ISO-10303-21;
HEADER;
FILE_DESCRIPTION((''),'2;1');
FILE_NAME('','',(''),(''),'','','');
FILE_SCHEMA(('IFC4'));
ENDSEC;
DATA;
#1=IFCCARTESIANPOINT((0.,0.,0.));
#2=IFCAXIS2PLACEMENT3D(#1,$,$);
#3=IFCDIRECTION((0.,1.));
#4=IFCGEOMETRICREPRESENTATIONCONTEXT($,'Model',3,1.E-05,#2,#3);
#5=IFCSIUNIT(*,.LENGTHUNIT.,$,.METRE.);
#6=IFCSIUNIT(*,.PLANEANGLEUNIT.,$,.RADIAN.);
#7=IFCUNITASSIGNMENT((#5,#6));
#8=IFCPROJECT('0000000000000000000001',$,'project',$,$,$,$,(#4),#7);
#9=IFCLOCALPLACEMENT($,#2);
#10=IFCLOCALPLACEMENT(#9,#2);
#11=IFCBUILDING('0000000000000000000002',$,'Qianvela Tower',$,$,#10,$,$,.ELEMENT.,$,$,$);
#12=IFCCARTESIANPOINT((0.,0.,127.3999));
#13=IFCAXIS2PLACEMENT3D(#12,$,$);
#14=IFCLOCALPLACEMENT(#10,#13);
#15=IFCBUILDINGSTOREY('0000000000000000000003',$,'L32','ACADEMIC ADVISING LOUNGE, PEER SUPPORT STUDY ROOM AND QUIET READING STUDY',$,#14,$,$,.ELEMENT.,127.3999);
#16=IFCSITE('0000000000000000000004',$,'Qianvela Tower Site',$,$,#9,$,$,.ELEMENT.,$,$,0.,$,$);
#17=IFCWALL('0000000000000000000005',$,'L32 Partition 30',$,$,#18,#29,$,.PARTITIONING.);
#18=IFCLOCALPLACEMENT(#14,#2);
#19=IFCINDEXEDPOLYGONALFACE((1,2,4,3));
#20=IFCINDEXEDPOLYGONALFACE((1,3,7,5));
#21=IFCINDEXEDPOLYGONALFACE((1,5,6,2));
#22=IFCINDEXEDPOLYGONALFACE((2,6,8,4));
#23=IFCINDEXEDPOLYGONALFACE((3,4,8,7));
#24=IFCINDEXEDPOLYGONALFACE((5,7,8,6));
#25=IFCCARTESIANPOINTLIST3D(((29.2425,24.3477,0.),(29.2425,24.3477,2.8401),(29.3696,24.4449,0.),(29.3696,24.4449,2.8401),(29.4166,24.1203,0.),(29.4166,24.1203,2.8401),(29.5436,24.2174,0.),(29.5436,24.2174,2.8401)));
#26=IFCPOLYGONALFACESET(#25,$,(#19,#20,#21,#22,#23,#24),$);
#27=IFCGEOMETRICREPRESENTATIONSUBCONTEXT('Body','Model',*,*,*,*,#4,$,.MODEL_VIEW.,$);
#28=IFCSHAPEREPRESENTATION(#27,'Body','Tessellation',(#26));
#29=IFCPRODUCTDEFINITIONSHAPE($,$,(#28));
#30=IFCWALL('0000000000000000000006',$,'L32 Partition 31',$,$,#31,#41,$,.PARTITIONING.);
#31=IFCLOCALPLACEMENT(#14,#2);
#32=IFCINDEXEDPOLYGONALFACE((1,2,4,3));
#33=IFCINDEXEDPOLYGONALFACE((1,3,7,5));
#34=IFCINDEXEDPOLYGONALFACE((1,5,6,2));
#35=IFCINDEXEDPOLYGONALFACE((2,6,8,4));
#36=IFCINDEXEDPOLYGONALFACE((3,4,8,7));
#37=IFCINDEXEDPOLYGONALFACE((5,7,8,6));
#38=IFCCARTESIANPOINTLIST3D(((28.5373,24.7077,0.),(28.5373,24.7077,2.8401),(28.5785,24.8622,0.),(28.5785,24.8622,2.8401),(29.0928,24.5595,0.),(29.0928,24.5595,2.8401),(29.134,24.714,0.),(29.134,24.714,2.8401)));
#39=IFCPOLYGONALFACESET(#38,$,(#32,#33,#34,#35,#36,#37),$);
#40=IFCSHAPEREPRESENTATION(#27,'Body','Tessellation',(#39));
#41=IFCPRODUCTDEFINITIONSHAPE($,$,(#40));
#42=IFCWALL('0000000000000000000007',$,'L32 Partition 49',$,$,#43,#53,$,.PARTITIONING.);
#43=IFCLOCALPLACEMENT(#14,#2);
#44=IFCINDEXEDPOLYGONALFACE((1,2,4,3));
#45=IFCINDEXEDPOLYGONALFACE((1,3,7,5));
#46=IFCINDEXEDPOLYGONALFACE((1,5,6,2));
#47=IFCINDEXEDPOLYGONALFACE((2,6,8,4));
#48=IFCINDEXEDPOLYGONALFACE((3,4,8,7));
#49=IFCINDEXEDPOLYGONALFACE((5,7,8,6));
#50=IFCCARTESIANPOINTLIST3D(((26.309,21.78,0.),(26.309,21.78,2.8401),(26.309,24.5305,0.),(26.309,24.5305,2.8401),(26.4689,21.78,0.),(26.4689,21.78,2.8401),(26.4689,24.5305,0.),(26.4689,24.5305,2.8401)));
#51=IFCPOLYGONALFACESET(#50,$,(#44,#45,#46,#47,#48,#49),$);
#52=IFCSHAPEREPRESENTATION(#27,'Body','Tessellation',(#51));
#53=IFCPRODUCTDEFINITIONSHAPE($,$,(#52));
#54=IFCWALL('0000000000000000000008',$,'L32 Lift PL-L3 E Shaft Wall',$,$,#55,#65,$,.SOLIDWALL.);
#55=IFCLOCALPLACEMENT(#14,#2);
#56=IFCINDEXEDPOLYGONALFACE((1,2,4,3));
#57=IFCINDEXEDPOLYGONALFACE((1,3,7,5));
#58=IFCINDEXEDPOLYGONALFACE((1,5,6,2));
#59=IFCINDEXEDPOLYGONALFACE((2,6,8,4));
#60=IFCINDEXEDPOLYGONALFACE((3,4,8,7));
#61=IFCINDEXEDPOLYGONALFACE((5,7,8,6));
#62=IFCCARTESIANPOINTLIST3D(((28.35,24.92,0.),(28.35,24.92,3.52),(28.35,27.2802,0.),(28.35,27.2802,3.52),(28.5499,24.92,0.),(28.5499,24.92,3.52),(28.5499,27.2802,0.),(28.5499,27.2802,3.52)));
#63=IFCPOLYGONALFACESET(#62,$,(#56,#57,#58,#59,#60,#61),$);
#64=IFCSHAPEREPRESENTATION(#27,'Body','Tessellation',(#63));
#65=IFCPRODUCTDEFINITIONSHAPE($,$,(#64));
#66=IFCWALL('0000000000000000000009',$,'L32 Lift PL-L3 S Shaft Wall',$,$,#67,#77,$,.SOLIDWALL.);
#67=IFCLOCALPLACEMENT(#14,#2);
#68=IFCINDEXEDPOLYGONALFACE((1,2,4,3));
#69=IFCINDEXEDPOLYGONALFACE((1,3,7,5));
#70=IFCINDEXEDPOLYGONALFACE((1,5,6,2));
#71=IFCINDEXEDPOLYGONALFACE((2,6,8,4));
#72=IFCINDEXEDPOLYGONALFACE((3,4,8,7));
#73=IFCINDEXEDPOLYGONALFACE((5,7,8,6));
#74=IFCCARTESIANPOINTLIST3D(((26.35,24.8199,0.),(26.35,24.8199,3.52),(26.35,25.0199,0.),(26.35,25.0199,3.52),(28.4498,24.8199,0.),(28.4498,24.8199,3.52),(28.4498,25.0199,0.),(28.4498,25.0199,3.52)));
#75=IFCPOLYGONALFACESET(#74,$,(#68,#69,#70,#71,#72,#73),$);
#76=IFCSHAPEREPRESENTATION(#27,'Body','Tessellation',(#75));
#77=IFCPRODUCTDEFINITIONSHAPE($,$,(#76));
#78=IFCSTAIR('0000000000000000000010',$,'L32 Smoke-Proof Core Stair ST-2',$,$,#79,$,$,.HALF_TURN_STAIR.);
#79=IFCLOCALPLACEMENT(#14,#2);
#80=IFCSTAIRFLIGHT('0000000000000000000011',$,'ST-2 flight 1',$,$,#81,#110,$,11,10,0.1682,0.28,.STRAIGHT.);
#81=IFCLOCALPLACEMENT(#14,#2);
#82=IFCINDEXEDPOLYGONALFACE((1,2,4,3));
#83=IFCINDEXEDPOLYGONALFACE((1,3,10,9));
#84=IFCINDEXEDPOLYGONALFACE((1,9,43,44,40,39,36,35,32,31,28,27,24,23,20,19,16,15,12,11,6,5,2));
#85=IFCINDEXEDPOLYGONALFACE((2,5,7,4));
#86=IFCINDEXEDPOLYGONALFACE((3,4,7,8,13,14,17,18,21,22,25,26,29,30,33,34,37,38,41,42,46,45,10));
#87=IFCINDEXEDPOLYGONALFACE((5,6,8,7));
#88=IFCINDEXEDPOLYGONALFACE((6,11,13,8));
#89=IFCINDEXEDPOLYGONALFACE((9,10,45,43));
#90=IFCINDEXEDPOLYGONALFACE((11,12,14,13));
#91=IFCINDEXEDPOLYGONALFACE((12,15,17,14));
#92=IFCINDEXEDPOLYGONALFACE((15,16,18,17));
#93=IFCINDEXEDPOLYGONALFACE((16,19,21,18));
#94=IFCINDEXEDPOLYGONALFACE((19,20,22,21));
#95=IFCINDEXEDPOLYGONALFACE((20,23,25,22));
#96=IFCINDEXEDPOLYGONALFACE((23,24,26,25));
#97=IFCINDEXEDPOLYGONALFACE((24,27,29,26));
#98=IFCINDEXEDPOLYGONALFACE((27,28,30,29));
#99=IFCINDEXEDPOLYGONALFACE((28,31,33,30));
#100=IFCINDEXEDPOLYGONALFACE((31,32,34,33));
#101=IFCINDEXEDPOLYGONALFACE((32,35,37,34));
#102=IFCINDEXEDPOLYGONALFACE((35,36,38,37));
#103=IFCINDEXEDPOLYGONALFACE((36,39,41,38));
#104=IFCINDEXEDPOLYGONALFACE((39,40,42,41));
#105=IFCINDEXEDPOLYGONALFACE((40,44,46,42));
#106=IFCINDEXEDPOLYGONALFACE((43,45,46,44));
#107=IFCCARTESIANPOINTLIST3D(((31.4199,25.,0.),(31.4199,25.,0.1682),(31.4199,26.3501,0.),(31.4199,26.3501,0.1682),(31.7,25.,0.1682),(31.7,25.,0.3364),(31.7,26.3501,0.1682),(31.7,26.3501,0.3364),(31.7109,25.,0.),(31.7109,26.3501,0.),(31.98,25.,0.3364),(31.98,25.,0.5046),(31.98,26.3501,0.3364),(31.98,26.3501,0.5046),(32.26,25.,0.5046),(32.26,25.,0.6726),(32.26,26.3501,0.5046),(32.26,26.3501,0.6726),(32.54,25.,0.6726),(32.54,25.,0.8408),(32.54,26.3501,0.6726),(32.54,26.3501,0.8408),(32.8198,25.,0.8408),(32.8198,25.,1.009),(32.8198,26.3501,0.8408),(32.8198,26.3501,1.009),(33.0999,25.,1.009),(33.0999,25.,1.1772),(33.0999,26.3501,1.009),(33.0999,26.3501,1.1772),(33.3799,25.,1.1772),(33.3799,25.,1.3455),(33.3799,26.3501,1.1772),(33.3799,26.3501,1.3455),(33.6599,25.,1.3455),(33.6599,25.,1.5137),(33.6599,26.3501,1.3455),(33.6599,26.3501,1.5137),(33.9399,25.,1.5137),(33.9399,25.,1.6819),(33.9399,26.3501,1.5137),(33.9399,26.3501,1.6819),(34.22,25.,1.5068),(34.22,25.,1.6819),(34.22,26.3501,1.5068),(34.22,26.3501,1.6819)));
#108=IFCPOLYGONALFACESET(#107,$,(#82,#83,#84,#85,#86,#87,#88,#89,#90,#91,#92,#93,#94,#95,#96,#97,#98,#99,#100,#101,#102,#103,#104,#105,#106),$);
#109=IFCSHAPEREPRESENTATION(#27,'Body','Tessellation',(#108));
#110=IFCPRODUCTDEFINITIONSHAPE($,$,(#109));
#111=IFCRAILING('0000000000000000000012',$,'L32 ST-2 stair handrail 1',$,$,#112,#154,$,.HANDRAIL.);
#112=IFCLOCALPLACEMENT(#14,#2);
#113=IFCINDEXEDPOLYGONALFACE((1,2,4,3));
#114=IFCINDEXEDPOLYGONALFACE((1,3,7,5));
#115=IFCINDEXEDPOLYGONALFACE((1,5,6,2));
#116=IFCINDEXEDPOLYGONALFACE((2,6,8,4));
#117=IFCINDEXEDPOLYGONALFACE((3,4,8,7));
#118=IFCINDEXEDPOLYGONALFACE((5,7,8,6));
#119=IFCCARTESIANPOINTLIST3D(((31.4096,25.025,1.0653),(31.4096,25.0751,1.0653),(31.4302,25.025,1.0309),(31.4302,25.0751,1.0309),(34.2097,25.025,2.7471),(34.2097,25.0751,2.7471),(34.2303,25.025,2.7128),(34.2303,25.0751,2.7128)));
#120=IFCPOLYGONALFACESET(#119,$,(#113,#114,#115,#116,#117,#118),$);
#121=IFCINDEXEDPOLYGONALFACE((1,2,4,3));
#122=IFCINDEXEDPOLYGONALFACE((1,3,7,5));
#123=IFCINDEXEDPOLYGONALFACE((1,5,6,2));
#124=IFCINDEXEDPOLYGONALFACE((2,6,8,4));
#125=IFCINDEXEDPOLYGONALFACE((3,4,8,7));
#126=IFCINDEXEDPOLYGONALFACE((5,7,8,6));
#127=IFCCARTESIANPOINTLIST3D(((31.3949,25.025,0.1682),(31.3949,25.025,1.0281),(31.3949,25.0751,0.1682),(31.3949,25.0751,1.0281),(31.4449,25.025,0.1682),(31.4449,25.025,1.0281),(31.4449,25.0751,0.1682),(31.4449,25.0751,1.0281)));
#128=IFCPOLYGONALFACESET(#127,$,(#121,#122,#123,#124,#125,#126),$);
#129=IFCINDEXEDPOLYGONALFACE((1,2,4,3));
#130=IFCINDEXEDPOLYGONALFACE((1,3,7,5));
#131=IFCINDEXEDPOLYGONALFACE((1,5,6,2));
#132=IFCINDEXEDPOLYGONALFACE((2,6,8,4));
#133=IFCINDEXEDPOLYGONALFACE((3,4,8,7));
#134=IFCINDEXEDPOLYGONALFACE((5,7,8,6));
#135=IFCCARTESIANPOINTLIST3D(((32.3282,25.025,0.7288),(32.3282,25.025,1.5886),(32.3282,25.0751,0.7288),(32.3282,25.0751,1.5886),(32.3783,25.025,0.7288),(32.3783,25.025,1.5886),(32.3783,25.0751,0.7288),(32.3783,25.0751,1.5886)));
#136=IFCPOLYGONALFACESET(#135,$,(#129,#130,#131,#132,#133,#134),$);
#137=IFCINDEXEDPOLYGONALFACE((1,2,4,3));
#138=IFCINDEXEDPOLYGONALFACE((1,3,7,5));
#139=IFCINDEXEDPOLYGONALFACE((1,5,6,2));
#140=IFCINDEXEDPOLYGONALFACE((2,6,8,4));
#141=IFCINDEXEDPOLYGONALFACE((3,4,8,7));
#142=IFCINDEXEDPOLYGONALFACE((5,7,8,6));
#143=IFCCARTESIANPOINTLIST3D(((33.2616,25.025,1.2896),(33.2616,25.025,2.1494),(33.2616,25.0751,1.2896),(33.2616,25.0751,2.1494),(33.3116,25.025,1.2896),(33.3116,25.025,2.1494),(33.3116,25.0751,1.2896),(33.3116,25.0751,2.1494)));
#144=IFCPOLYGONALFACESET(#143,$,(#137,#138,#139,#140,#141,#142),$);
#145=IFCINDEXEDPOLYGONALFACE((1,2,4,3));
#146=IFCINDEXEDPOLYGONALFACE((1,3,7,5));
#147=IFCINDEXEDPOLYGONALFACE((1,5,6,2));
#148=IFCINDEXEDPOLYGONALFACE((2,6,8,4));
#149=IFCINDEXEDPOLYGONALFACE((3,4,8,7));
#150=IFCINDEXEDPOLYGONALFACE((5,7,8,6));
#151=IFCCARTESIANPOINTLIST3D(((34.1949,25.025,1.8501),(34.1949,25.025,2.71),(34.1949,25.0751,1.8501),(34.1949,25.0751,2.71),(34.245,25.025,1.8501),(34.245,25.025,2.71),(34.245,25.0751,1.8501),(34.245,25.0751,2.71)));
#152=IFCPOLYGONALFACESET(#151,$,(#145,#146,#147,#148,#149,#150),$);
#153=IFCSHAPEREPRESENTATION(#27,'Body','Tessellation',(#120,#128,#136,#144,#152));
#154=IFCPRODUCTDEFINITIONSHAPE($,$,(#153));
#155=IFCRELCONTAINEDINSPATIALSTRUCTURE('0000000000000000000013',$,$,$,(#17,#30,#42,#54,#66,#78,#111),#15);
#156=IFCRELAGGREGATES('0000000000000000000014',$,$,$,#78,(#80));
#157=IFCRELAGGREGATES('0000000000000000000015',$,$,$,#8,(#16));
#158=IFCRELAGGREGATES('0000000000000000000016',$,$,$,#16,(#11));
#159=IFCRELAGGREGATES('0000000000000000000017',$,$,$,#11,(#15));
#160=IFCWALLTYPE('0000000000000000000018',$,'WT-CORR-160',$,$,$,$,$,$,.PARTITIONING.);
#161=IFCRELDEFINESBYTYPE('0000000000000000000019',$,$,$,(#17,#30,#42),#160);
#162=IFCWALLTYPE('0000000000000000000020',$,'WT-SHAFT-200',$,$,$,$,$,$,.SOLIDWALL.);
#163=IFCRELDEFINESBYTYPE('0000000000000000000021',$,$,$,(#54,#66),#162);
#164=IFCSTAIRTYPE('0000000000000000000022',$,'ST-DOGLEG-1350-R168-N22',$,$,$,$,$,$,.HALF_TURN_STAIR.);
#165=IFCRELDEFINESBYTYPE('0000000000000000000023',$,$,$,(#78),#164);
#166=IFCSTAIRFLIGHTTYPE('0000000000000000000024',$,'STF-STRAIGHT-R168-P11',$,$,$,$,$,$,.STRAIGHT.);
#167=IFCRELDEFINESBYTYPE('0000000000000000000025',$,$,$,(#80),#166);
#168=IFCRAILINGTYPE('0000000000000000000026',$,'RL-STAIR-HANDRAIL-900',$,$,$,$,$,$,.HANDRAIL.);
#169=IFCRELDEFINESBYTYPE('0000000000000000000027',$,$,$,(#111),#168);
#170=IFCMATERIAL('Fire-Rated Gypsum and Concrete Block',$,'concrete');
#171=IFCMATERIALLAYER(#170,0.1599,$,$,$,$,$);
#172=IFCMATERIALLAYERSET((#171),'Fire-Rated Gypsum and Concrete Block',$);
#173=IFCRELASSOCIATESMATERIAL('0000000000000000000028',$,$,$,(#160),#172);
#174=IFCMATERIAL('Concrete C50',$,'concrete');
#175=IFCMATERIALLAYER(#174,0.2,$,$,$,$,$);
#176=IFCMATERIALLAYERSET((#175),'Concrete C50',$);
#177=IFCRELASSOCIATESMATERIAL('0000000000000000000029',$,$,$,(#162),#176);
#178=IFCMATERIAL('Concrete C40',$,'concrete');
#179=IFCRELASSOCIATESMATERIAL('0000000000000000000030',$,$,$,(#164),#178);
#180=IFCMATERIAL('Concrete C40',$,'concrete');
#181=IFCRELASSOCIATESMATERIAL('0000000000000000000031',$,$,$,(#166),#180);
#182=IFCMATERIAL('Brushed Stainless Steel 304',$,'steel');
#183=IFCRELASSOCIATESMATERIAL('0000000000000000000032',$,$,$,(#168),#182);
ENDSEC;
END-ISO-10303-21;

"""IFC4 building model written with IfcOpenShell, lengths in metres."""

from ifc_helpers import new_model, si_unit, direction, frame, frame_2d, origin, origin_2d, place, context, subcontext, project, spatial, polyline, rectangle, outline, extrude, material, layer, layer_set, type_object, element, aggregate, save


model = new_model("IFC4")

# Units and contexts
model_context = context("Model", 3, precision=1e-05, world=origin(), true_north=direction((0.0, 1.0)))
body_context = subcontext(model_context, "Body", "Model", "MODEL_VIEW")
ifc_project = project(units=[si_unit("LENGTHUNIT", "METRE"), si_unit("PLANEANGLEUNIT", "RADIAN")], contexts=[model_context])

# Site, building, storey
site_placement = place(None, origin())
site = spatial("IfcSite", under=ifc_project, at=site_placement, Name="Qianvela Tower Site", CompositionType="ELEMENT", RefElevation=0.0)
building_placement = place(site_placement, origin())
building = spatial("IfcBuilding", under=site, at=building_placement, Name="Qianvela Tower", CompositionType="ELEMENT")
storey_placement = place(building_placement, frame((0.0, 0.0, 127.3999)))
storey = spatial("IfcBuildingStorey", under=building, at=storey_placement, Name="L32", Description="ACADEMIC ADVISING LOUNGE, PEER SUPPORT STUDY ROOM AND QUIET READING STUDY", CompositionType="ELEMENT", Elevation=127.3999)

# Shared definitions
ifc_material_1 = material(Name="Fire-Rated Gypsum and Concrete Block", Category="concrete")
ifc_layer_1 = layer(ifc_material_1, 0.1599)
ifc_layer_set_1 = layer_set([ifc_layer_1], Name="Fire-Rated Gypsum and Concrete Block")
wall_type_1 = type_object("IfcWallType", Name="WT-CORR-160", PredefinedType="PARTITIONING", material=ifc_layer_set_1)

# Walls
wall_1_placement = place(storey_placement, frame((29.48, 24.1689, 0.0), z_axis=(0.0, 0.0, 1.0), x_axis=(-0.607608, 0.794237, 0.0)))
element("IfcWall", 1, at=wall_1_placement, inside=storey, type_object=wall_type_1, Name="L32 Partition 30", PredefinedType="PARTITIONING", context=body_context, shape_type="SweptSolid", body=[
    extrude(rectangle(XDim=0.2864, YDim=0.1599, at=frame_2d((0.1431, 0.0))), origin(), (0.0, 0.0, 1.0), 2.8401),
])
wall_2_placement = place(storey_placement, frame((29.1135, 24.6367, 0.0), z_axis=(0.0, 0.0, 1.0), x_axis=(-0.9662, 0.257795, 0.0)))
element("IfcWall", 2, at=wall_2_placement, inside=storey, type_object=wall_type_1, Name="L32 Partition 31", PredefinedType="PARTITIONING", context=body_context, shape_type="SweptSolid", body=[
    extrude(rectangle(XDim=0.575, YDim=0.1599, at=frame_2d((0.2876, 0.0))), origin(), (0.0, 0.0, 1.0), 2.8401),
])
wall_3_placement = place(storey_placement, frame((26.3889, 24.5305, 0.0), z_axis=(0.0, 0.0, 1.0), x_axis=(0.0, -1.0, 0.0)))
element("IfcWall", 3, at=wall_3_placement, inside=storey, type_object=wall_type_1, Name="L32 Partition 49", PredefinedType="PARTITIONING", context=body_context, shape_type="SweptSolid", body=[
    extrude(rectangle(XDim=2.7505, YDim=0.1599, at=frame_2d((1.3752, 0.0))), origin(), (0.0, 0.0, 1.0), 2.8401),
])
ifc_material_2 = material(Name="Concrete C50", Category="concrete")
ifc_layer_2 = layer(ifc_material_2, 0.2)
ifc_layer_set_2 = layer_set([ifc_layer_2], Name="Concrete C50")
wall_type_2 = type_object("IfcWallType", Name="WT-SHAFT-200", PredefinedType="SOLIDWALL", material=ifc_layer_set_2)
wall_4_placement = place(storey_placement, frame((28.45, 24.9199, 0.0), z_axis=(0.0, 0.0, 1.0), x_axis=(0.0, 1.0, 0.0)))
element("IfcWall", 4, at=wall_4_placement, inside=storey, type_object=wall_type_2, Name="L32 Lift PL-L3 E Shaft Wall", PredefinedType="SOLIDWALL", context=body_context, shape_type="SweptSolid", body=[
    extrude(rectangle(XDim=2.3601, YDim=0.2, at=frame_2d((1.1802, 0.0))), origin(), (0.0, 0.0, 1.0), 3.52),
])

# Wall
wall_5_placement = place(storey_placement, frame((26.3501, 24.9199, 0.0), z_axis=(0.0, 0.0, 1.0), x_axis=(1.0, 0.0, 0.0)))
element("IfcWall", 5, at=wall_5_placement, inside=storey, type_object=wall_type_2, Name="L32 Lift PL-L3 S Shaft Wall", PredefinedType="SOLIDWALL", context=body_context, shape_type="SweptSolid", body=[
    extrude(rectangle(XDim=2.0999, YDim=0.2, at=frame_2d((1.0498, 0.0))), origin(), (0.0, 0.0, 1.0), 3.52),
])

# Stair, stair flight
ifc_material_3 = material(Name="Concrete C40", Category="concrete")
stair_type = type_object("IfcStairType", Name="ST-DOGLEG-1350-R168-N22", PredefinedType="HALF_TURN_STAIR", material=ifc_material_3)
stair_placement = place(storey_placement, origin())
stair = element("IfcStair", 6, at=stair_placement, inside=storey, type_object=stair_type, Name="L32 Smoke-Proof Core Stair ST-2", PredefinedType="HALF_TURN_STAIR")
ifc_material_4 = material(Name="Concrete C40", Category="concrete")
stair_flight_type = type_object("IfcStairFlightType", Name="STF-STRAIGHT-R168-P11", PredefinedType="STRAIGHT", material=ifc_material_4)
stair_flight_placement = place(storey_placement, frame((31.4199, 25.675, 0.0), z_axis=(0.0, 0.0, 1.0), x_axis=(1.0, 0.0, 0.0)))
stair_flight = element("IfcStairFlight", 7, at=stair_flight_placement, type_object=stair_flight_type, Name="ST-2 flight 1", NumberOfRisers=11, NumberOfTreads=10, PredefinedType="STRAIGHT", RiserHeight=0.1682, TreadLength=0.28, context=body_context, shape_type="SweptSolid", body=[
    extrude(outline(polyline([(0.0, 0.0), (0.0, 0.1682), (0.28, 0.1682), (0.28, 0.3364), (0.5601, 0.3364), (0.5601, 0.5046), (0.8401, 0.5046), (0.8401, 0.6726), (1.1201, 0.6726), (1.1201, 0.8408), (1.3999, 0.8408), (1.3999, 1.009), (1.6799, 1.009), (1.6799, 1.1772), (1.96, 1.1772), (1.96, 1.3455), (2.24, 1.3455), (2.24, 1.5137), (2.52, 1.5137), (2.52, 1.6819), (2.8, 1.6819), (2.8, 1.8501), (2.8, 1.5068), (0.291, 0.0), (0.0, 0.0)])), frame((0.0, 0.675, 0.0), z_axis=(0.0, -1.0, 0.0), x_axis=(1.0, 0.0, 0.0)), (0.0, 0.0, 1.0), 1.3501),
])
aggregate(stair, [stair_flight])

# Railing
ifc_material_5 = material(Name="Brushed Stainless Steel 304", Category="steel")
railing_type = type_object("IfcRailingType", Name="RL-STAIR-HANDRAIL-900", PredefinedType="HANDRAIL", material=ifc_material_5)
railing_placement = place(storey_placement, frame((31.4199, 25.05, 0.1682)))
element("IfcRailing", 8, at=railing_placement, inside=storey, type_object=railing_type, Name="L32 ST-2 stair handrail 1", PredefinedType="HANDRAIL", context=body_context, shape_type="SweptSolid", body=[
    extrude(rectangle(XDim=0.05, YDim=0.04, at=origin_2d()), frame((0.0, 0.0, 0.8799), z_axis=(0.857242, 0.0, 0.514913), x_axis=(0.0, 1.0, 0.0)), (0.0, 0.0, 1.0), 3.2664),
    extrude(rectangle(XDim=0.05, YDim=0.05, at=origin_2d()), origin(), (0.0, 0.0, 1.0), 0.8599),
    extrude(rectangle(XDim=0.05, YDim=0.05, at=origin_2d()), frame((0.9333, 0.0, 0.5605)), (0.0, 0.0, 1.0), 0.8599),
    extrude(rectangle(XDim=0.05, YDim=0.05, at=origin_2d()), frame((1.8667, 0.0, 1.1213)), (0.0, 0.0, 1.0), 0.8599),
    extrude(rectangle(XDim=0.05, YDim=0.05, at=origin_2d()), frame((2.8, 0.0, 1.6819)), (0.0, 0.0, 1.0), 0.8599),
])

save(model, "model.ifc")
